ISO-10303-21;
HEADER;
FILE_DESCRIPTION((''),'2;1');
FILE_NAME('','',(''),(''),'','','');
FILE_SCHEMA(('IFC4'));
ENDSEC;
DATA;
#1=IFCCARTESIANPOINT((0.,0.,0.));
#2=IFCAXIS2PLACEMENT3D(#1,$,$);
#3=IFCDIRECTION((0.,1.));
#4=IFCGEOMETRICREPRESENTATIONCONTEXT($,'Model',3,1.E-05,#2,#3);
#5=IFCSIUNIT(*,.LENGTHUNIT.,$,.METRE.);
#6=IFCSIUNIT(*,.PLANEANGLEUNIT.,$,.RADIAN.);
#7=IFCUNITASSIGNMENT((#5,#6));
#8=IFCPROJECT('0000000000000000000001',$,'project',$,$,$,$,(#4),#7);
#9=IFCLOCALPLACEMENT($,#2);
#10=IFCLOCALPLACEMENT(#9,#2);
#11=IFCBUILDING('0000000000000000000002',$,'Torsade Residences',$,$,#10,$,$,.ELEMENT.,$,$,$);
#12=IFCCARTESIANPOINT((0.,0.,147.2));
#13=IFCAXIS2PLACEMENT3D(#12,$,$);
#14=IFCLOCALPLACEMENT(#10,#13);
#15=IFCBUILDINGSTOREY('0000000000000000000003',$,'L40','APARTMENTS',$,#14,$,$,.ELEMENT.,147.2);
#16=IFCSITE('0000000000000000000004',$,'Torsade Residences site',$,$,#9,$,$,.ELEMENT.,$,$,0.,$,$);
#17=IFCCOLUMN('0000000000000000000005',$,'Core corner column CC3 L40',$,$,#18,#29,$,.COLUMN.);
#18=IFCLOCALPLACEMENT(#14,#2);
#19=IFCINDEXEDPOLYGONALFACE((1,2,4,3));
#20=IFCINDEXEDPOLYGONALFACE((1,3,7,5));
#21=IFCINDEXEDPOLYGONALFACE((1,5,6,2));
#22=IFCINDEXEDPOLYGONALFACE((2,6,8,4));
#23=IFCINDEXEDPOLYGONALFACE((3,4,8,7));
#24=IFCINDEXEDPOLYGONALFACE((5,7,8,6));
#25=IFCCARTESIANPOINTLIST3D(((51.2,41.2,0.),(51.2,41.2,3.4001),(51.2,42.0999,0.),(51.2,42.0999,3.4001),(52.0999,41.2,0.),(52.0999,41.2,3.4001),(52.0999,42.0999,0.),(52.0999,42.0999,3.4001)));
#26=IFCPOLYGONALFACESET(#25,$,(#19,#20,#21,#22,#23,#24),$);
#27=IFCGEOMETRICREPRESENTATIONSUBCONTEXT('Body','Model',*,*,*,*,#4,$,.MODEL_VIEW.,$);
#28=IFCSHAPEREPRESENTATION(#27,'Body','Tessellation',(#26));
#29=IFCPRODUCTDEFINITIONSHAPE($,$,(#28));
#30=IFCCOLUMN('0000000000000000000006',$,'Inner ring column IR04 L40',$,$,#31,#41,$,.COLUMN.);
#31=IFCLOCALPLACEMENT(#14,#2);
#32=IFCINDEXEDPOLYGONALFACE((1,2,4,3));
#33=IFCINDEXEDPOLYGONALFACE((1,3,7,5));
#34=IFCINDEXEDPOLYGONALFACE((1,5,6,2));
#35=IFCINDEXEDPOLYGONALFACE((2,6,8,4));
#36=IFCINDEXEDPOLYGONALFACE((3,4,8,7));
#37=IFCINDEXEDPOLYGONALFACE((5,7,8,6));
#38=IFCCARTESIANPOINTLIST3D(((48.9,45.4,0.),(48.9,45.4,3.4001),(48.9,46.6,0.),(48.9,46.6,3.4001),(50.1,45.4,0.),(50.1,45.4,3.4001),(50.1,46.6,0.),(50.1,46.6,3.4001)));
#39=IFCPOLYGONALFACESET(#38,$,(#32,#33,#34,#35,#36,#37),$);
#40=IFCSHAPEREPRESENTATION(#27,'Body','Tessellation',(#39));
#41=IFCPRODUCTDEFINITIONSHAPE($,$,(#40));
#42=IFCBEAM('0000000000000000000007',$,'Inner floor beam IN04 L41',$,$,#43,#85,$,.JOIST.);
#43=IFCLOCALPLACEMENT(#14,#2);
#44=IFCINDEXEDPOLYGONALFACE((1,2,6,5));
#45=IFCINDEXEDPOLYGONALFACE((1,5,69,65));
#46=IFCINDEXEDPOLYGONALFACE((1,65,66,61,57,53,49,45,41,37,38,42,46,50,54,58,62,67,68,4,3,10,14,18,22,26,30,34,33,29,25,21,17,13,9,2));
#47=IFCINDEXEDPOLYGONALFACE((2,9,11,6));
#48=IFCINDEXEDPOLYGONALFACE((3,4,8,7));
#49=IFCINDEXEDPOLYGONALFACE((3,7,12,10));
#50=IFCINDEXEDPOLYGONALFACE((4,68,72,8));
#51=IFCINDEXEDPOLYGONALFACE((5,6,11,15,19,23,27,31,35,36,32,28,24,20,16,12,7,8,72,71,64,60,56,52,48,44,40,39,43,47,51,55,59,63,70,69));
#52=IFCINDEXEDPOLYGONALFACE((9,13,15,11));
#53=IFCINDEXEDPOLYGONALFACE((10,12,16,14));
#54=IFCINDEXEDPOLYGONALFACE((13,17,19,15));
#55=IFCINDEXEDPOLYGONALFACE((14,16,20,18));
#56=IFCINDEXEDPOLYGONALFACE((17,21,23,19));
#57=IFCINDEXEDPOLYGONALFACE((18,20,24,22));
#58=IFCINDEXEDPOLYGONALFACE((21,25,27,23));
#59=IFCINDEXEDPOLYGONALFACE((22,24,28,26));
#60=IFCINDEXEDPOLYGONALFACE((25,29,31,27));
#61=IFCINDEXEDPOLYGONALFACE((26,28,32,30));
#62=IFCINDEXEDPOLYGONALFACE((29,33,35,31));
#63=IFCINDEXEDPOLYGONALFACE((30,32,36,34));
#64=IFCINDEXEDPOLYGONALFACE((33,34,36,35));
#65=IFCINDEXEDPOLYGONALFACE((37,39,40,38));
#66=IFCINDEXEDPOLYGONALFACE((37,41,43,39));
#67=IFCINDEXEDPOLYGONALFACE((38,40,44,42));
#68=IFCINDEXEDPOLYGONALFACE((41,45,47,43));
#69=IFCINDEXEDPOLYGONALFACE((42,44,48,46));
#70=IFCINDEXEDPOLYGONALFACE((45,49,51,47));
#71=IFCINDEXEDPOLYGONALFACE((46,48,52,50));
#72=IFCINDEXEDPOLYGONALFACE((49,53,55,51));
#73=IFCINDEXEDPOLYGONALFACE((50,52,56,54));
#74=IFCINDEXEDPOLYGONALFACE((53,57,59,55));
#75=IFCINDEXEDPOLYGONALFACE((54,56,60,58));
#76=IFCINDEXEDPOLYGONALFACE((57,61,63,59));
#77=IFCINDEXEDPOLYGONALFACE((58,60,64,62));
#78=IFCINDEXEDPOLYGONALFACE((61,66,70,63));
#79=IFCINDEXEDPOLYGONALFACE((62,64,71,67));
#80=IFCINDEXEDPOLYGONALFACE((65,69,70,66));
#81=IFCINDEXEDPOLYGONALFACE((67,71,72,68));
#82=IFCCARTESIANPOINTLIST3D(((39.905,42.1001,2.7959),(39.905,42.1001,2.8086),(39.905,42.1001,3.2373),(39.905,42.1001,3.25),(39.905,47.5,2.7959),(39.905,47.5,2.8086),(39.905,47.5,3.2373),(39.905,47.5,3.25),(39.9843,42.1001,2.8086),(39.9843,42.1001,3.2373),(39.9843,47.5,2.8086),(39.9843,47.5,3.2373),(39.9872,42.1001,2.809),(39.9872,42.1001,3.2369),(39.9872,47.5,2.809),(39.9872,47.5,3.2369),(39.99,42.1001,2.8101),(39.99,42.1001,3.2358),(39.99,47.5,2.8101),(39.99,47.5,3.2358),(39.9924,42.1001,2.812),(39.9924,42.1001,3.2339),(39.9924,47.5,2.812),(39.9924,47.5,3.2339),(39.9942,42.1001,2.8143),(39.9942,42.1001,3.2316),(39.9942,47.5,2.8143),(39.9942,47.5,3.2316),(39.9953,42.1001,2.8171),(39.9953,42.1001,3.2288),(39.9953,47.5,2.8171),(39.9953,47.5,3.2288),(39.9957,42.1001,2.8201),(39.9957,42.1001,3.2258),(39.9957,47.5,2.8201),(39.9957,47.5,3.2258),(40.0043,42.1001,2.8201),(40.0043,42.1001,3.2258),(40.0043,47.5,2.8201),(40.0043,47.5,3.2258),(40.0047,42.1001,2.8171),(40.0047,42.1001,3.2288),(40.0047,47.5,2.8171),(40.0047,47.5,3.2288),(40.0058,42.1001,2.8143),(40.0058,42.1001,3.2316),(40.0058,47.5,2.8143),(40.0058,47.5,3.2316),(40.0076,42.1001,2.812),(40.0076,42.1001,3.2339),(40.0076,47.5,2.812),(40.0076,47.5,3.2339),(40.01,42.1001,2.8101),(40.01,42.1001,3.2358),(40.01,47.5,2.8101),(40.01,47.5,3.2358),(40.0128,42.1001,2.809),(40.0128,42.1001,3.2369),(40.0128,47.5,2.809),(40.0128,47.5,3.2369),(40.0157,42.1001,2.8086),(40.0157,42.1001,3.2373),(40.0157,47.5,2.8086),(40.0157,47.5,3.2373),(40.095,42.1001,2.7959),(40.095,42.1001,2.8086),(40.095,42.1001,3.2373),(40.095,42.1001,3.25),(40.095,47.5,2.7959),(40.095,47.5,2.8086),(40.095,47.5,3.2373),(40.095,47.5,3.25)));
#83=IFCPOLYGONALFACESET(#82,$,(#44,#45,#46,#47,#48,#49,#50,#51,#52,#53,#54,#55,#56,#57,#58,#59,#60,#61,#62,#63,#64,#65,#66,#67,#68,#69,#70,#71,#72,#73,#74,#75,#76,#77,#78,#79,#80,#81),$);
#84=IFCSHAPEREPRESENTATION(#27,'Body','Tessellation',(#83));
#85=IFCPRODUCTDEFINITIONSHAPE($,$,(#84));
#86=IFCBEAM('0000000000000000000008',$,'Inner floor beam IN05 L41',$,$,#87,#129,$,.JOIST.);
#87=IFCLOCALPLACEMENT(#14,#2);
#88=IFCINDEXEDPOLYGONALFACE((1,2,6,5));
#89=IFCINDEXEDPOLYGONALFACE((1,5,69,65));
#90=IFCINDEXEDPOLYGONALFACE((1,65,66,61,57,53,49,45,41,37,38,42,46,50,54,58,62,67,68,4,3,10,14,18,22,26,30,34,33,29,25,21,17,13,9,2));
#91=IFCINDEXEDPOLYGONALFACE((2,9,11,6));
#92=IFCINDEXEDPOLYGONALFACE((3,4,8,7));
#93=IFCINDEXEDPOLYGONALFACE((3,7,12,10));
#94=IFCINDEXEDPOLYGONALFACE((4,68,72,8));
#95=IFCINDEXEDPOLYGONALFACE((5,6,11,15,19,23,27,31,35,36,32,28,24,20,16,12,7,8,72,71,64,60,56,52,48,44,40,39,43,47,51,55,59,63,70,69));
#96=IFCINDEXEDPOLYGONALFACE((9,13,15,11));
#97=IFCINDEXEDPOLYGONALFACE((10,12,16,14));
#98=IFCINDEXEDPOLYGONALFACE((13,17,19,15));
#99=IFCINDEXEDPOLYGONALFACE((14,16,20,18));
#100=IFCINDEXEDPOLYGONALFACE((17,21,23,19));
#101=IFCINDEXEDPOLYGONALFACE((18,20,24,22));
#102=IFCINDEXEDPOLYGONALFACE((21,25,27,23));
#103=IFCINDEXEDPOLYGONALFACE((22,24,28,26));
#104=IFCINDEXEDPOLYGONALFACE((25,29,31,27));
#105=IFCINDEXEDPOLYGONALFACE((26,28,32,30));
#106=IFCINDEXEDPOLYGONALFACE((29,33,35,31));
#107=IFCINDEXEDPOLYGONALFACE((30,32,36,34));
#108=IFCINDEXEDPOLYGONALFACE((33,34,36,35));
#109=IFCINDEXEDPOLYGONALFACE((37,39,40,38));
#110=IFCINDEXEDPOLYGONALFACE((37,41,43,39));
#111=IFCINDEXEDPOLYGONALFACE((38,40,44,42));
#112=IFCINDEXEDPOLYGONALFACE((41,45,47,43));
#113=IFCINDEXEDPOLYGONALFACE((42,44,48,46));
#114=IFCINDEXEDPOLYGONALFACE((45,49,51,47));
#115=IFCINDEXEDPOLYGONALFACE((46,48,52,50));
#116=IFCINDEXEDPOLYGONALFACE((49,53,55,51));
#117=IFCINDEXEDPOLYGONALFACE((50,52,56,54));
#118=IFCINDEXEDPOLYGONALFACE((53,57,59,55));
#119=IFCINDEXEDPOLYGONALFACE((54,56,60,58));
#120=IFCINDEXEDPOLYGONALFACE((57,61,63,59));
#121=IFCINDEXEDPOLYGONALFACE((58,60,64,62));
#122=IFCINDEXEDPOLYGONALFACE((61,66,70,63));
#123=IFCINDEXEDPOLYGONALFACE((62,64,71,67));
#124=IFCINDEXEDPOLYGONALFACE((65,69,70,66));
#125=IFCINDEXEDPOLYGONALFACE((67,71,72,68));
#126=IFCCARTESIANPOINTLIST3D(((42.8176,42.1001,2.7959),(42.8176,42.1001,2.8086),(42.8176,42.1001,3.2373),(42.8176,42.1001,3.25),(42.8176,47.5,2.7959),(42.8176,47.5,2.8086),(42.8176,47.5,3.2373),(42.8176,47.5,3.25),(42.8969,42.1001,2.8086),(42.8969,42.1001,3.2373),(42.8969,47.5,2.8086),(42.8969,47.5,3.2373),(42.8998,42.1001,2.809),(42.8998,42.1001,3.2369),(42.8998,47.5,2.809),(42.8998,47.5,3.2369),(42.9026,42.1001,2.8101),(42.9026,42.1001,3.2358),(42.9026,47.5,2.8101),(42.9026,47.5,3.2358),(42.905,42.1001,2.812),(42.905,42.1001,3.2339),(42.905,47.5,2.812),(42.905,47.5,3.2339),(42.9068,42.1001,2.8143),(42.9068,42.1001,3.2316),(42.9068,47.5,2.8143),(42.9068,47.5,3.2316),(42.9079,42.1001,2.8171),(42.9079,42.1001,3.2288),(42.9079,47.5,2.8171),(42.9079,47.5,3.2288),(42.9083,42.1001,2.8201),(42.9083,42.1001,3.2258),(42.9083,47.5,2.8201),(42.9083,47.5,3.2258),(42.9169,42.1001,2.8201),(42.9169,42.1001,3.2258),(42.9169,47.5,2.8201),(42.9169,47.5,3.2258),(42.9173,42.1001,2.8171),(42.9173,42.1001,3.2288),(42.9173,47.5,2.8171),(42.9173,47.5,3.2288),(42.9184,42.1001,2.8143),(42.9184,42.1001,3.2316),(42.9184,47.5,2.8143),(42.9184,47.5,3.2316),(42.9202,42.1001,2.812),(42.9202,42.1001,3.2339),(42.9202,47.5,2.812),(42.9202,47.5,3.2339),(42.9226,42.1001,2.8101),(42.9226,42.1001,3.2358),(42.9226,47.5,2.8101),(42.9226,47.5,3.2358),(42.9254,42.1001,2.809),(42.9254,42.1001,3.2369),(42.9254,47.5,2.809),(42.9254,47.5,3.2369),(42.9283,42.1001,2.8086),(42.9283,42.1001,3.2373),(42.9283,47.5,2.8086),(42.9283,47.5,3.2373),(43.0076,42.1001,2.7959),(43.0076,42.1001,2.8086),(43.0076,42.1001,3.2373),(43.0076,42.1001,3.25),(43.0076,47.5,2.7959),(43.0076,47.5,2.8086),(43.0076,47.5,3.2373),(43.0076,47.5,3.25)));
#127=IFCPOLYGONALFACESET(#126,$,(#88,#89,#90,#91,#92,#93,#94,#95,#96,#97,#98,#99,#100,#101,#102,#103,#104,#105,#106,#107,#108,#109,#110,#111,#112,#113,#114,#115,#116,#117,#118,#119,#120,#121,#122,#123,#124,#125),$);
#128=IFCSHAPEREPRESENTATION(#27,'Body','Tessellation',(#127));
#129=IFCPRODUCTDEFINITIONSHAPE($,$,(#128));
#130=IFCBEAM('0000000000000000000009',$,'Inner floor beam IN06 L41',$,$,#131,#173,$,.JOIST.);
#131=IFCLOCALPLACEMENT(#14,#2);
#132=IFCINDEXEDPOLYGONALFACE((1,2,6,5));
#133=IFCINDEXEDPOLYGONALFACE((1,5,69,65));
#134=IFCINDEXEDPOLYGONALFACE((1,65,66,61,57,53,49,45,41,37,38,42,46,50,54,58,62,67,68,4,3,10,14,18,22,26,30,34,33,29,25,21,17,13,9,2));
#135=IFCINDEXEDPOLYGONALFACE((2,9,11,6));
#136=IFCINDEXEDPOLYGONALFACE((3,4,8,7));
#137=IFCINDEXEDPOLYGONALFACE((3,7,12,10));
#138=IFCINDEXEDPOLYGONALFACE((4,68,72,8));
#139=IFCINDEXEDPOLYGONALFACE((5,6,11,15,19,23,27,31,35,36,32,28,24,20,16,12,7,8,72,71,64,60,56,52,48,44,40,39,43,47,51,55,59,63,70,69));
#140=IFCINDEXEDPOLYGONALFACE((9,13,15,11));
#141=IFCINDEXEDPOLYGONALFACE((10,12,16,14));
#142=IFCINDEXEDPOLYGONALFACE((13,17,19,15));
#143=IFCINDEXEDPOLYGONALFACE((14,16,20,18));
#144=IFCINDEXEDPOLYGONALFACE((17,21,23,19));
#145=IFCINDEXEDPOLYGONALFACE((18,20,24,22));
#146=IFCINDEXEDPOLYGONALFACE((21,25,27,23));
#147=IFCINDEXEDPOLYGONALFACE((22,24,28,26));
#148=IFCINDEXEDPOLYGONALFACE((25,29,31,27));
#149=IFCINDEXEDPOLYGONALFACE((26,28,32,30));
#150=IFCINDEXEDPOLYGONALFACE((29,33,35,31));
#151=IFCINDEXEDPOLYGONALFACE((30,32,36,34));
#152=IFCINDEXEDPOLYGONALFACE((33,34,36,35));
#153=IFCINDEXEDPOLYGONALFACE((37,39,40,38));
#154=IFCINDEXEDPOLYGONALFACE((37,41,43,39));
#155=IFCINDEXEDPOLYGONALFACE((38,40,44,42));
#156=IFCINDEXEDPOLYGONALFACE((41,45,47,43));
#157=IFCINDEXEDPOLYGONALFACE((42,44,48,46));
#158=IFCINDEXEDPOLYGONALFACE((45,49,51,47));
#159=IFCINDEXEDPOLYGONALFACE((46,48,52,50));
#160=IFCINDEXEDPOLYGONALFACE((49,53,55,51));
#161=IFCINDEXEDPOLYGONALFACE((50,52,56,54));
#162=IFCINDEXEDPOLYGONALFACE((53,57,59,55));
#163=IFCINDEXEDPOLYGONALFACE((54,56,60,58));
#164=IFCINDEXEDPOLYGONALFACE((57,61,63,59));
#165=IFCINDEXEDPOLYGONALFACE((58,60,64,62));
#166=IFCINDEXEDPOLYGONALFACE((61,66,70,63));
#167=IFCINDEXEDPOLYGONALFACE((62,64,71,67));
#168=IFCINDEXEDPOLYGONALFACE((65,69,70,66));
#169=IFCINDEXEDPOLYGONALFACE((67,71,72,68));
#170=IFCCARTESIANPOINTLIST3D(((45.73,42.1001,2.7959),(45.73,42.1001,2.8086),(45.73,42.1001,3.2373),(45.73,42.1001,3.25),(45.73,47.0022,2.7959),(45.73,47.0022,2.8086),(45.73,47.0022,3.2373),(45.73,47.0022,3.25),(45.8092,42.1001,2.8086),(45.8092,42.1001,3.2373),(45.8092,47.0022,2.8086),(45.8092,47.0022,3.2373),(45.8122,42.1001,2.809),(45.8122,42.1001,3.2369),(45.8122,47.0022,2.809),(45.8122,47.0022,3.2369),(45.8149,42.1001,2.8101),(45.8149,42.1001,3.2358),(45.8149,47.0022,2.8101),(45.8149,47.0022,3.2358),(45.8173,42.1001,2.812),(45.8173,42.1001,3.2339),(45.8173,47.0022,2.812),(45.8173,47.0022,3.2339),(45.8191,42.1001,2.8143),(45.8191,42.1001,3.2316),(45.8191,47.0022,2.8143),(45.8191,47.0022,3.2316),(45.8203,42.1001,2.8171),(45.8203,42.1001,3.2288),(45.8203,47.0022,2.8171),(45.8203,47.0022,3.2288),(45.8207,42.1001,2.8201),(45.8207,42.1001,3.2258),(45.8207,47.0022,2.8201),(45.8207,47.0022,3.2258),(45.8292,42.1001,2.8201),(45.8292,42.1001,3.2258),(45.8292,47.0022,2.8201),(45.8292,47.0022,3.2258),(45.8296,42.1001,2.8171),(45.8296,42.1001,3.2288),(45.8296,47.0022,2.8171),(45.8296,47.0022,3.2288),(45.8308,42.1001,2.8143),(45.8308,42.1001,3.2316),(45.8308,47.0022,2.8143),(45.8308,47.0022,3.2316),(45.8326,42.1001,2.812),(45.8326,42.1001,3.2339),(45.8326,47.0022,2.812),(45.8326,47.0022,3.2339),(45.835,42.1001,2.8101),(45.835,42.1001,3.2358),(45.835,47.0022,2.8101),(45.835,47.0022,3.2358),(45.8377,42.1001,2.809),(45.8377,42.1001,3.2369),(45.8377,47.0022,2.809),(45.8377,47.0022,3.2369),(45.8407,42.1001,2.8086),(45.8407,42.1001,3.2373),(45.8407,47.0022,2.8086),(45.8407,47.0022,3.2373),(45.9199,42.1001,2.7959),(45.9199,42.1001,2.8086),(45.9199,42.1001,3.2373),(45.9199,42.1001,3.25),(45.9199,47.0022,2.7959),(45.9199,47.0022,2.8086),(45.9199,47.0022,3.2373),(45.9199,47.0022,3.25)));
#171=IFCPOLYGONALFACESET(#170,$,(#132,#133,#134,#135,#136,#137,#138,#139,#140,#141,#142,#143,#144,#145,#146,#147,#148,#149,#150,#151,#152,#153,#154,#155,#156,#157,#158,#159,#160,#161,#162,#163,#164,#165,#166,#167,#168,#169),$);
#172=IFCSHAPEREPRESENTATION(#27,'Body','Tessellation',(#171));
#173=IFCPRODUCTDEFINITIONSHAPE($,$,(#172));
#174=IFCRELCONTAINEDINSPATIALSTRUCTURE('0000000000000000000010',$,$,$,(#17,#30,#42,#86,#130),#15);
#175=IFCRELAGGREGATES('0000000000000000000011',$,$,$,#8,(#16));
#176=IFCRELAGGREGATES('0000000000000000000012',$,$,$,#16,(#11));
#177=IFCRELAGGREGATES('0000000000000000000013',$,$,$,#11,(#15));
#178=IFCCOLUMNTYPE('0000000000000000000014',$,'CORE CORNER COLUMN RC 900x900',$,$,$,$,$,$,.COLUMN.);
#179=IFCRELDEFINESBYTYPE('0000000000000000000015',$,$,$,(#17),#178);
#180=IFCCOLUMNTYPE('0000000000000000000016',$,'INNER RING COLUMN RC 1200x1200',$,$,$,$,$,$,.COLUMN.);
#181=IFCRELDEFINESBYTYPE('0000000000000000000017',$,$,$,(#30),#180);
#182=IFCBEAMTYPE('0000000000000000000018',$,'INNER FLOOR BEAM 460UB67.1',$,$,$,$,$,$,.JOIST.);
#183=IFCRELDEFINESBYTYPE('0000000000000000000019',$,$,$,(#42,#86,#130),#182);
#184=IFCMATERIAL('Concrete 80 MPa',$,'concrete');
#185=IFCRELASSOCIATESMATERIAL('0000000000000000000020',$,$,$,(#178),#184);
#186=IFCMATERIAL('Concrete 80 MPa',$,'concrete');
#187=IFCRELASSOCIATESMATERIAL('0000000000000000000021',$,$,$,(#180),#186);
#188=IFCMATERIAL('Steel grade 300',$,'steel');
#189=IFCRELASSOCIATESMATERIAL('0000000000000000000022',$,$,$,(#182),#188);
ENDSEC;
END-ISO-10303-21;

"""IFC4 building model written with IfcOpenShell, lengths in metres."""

from ifc_helpers import new_model, si_unit, direction, frame, origin, origin_2d, place, context, subcontext, project, spatial, rectangle, i_section, extrude, material, material_profile, profile_set, type_object, element, save


model = new_model("IFC4")

# Units and contexts
model_context = context("Model", 3, precision=1e-05, world=origin(), true_north=direction((0.0, 1.0)))
body_context = subcontext(model_context, "Body", "Model", "MODEL_VIEW")
ifc_project = project(units=[si_unit("LENGTHUNIT", "METRE"), si_unit("PLANEANGLEUNIT", "RADIAN")], contexts=[model_context])

# Site, building, storey
site_placement = place(None, origin())
site = spatial("IfcSite", under=ifc_project, at=site_placement, Name="Torsade Residences site", CompositionType="ELEMENT", RefElevation=0.0)
building_placement = place(site_placement, origin())
building = spatial("IfcBuilding", under=site, at=building_placement, Name="Torsade Residences", CompositionType="ELEMENT")
storey_placement = place(building_placement, frame((0.0, 0.0, 147.2)))
storey = spatial("IfcBuildingStorey", under=building, at=storey_placement, Name="L40", Description="APARTMENTS", CompositionType="ELEMENT", Elevation=147.2)

# Columns
ifc_material_1 = material(Name="Concrete 80 MPa", Category="concrete")
ifc_material_profile_1 = material_profile(ifc_material_1, rectangle(XDim=0.8999, YDim=0.8999, at=origin_2d()), Name="RC 900x900")
ifc_profile_set_1 = profile_set([ifc_material_profile_1], Name="Concrete 80 MPa")
column_type_1 = type_object("IfcColumnType", Name="CORE CORNER COLUMN RC 900x900", PredefinedType="COLUMN", material=ifc_profile_set_1)
column_1_placement = place(storey_placement, frame((51.6499, 41.6499, 0.0), z_axis=(0.0, 0.0, 1.0), x_axis=(1.0, 0.0, 0.0)))
element("IfcColumn", 1, at=column_1_placement, inside=storey, type_object=column_type_1, Name="Core corner column CC3 L40", PredefinedType="COLUMN", context=body_context, shape_type="SweptSolid", body=[
    extrude(rectangle(XDim=0.8999, YDim=0.8999, at=origin_2d()), origin(), (0.0, 0.0, 1.0), 3.4001),
])
ifc_material_2 = material(Name="Concrete 80 MPa", Category="concrete")
ifc_material_profile_2 = material_profile(ifc_material_2, rectangle(XDim=1.2, YDim=1.2, at=origin_2d()), Name="RC 1200x1200")
ifc_profile_set_2 = profile_set([ifc_material_profile_2], Name="Concrete 80 MPa")
column_type_2 = type_object("IfcColumnType", Name="INNER RING COLUMN RC 1200x1200", PredefinedType="COLUMN", material=ifc_profile_set_2)
column_2_placement = place(storey_placement, frame((49.5, 46.0, 0.0), z_axis=(0.0, 0.0, 1.0), x_axis=(1.0, 0.0, 0.0)))
element("IfcColumn", 2, at=column_2_placement, inside=storey, type_object=column_type_2, Name="Inner ring column IR04 L40", PredefinedType="COLUMN", context=body_context, shape_type="SweptSolid", body=[
    extrude(rectangle(XDim=1.2, YDim=1.2, at=origin_2d()), origin(), (0.0, 0.0, 1.0), 3.4001),
])

# Beams
ifc_material_3 = material(Name="Steel grade 300", Category="steel")
ifc_material_profile_3 = material_profile(ifc_material_3, i_section(OverallWidth=0.1899, OverallDepth=0.4541, WebThickness=0.0085, FlangeThickness=0.0127, FilletRadius=0.0115, at=origin_2d()), Name="460UB67.1")
ifc_profile_set_3 = profile_set([ifc_material_profile_3], Name="Steel grade 300")
beam_type_1 = type_object("IfcBeamType", Name="INNER FLOOR BEAM 460UB67.1", PredefinedType="JOIST", material=ifc_profile_set_3)
for number, where, z_axis, x_axis, name in (
    (3, (40.0, 42.1001, 3.0229), (0.0, 1.0, 0.0), (-1.0, 0.0, 0.0), "Inner floor beam IN04 L41"),
    (4, (42.9126, 42.1001, 3.0229), (0.0, 1.0, 0.0), (-1.0, 0.0, 0.0), "Inner floor beam IN05 L41"),
):
    element("IfcBeam", number, at=place(storey_placement, frame(where, z_axis=z_axis, x_axis=x_axis)), inside=storey, type_object=beam_type_1, Name=name, PredefinedType="JOIST", context=body_context, shape_type="SweptSolid", body=[
        extrude(i_section(OverallWidth=0.1899, OverallDepth=0.4541, WebThickness=0.0085, FlangeThickness=0.0127, FilletRadius=0.0115, at=origin_2d()), origin(), (0.0, 0.0, 1.0), 5.3999),
    ])
beam_1_placement = place(storey_placement, frame((45.825, 42.1001, 3.0229), z_axis=(0.0, 1.0, 0.0), x_axis=(-1.0, 0.0, 0.0)))
element("IfcBeam", 5, at=beam_1_placement, inside=storey, type_object=beam_type_1, Name="Inner floor beam IN06 L41", PredefinedType="JOIST", context=body_context, shape_type="SweptSolid", body=[
    extrude(i_section(OverallWidth=0.1899, OverallDepth=0.4541, WebThickness=0.0085, FlangeThickness=0.0127, FilletRadius=0.0115, at=origin_2d()), origin(), (0.0, 0.0, 1.0), 4.9021),
])

save(model, "model.ifc")
